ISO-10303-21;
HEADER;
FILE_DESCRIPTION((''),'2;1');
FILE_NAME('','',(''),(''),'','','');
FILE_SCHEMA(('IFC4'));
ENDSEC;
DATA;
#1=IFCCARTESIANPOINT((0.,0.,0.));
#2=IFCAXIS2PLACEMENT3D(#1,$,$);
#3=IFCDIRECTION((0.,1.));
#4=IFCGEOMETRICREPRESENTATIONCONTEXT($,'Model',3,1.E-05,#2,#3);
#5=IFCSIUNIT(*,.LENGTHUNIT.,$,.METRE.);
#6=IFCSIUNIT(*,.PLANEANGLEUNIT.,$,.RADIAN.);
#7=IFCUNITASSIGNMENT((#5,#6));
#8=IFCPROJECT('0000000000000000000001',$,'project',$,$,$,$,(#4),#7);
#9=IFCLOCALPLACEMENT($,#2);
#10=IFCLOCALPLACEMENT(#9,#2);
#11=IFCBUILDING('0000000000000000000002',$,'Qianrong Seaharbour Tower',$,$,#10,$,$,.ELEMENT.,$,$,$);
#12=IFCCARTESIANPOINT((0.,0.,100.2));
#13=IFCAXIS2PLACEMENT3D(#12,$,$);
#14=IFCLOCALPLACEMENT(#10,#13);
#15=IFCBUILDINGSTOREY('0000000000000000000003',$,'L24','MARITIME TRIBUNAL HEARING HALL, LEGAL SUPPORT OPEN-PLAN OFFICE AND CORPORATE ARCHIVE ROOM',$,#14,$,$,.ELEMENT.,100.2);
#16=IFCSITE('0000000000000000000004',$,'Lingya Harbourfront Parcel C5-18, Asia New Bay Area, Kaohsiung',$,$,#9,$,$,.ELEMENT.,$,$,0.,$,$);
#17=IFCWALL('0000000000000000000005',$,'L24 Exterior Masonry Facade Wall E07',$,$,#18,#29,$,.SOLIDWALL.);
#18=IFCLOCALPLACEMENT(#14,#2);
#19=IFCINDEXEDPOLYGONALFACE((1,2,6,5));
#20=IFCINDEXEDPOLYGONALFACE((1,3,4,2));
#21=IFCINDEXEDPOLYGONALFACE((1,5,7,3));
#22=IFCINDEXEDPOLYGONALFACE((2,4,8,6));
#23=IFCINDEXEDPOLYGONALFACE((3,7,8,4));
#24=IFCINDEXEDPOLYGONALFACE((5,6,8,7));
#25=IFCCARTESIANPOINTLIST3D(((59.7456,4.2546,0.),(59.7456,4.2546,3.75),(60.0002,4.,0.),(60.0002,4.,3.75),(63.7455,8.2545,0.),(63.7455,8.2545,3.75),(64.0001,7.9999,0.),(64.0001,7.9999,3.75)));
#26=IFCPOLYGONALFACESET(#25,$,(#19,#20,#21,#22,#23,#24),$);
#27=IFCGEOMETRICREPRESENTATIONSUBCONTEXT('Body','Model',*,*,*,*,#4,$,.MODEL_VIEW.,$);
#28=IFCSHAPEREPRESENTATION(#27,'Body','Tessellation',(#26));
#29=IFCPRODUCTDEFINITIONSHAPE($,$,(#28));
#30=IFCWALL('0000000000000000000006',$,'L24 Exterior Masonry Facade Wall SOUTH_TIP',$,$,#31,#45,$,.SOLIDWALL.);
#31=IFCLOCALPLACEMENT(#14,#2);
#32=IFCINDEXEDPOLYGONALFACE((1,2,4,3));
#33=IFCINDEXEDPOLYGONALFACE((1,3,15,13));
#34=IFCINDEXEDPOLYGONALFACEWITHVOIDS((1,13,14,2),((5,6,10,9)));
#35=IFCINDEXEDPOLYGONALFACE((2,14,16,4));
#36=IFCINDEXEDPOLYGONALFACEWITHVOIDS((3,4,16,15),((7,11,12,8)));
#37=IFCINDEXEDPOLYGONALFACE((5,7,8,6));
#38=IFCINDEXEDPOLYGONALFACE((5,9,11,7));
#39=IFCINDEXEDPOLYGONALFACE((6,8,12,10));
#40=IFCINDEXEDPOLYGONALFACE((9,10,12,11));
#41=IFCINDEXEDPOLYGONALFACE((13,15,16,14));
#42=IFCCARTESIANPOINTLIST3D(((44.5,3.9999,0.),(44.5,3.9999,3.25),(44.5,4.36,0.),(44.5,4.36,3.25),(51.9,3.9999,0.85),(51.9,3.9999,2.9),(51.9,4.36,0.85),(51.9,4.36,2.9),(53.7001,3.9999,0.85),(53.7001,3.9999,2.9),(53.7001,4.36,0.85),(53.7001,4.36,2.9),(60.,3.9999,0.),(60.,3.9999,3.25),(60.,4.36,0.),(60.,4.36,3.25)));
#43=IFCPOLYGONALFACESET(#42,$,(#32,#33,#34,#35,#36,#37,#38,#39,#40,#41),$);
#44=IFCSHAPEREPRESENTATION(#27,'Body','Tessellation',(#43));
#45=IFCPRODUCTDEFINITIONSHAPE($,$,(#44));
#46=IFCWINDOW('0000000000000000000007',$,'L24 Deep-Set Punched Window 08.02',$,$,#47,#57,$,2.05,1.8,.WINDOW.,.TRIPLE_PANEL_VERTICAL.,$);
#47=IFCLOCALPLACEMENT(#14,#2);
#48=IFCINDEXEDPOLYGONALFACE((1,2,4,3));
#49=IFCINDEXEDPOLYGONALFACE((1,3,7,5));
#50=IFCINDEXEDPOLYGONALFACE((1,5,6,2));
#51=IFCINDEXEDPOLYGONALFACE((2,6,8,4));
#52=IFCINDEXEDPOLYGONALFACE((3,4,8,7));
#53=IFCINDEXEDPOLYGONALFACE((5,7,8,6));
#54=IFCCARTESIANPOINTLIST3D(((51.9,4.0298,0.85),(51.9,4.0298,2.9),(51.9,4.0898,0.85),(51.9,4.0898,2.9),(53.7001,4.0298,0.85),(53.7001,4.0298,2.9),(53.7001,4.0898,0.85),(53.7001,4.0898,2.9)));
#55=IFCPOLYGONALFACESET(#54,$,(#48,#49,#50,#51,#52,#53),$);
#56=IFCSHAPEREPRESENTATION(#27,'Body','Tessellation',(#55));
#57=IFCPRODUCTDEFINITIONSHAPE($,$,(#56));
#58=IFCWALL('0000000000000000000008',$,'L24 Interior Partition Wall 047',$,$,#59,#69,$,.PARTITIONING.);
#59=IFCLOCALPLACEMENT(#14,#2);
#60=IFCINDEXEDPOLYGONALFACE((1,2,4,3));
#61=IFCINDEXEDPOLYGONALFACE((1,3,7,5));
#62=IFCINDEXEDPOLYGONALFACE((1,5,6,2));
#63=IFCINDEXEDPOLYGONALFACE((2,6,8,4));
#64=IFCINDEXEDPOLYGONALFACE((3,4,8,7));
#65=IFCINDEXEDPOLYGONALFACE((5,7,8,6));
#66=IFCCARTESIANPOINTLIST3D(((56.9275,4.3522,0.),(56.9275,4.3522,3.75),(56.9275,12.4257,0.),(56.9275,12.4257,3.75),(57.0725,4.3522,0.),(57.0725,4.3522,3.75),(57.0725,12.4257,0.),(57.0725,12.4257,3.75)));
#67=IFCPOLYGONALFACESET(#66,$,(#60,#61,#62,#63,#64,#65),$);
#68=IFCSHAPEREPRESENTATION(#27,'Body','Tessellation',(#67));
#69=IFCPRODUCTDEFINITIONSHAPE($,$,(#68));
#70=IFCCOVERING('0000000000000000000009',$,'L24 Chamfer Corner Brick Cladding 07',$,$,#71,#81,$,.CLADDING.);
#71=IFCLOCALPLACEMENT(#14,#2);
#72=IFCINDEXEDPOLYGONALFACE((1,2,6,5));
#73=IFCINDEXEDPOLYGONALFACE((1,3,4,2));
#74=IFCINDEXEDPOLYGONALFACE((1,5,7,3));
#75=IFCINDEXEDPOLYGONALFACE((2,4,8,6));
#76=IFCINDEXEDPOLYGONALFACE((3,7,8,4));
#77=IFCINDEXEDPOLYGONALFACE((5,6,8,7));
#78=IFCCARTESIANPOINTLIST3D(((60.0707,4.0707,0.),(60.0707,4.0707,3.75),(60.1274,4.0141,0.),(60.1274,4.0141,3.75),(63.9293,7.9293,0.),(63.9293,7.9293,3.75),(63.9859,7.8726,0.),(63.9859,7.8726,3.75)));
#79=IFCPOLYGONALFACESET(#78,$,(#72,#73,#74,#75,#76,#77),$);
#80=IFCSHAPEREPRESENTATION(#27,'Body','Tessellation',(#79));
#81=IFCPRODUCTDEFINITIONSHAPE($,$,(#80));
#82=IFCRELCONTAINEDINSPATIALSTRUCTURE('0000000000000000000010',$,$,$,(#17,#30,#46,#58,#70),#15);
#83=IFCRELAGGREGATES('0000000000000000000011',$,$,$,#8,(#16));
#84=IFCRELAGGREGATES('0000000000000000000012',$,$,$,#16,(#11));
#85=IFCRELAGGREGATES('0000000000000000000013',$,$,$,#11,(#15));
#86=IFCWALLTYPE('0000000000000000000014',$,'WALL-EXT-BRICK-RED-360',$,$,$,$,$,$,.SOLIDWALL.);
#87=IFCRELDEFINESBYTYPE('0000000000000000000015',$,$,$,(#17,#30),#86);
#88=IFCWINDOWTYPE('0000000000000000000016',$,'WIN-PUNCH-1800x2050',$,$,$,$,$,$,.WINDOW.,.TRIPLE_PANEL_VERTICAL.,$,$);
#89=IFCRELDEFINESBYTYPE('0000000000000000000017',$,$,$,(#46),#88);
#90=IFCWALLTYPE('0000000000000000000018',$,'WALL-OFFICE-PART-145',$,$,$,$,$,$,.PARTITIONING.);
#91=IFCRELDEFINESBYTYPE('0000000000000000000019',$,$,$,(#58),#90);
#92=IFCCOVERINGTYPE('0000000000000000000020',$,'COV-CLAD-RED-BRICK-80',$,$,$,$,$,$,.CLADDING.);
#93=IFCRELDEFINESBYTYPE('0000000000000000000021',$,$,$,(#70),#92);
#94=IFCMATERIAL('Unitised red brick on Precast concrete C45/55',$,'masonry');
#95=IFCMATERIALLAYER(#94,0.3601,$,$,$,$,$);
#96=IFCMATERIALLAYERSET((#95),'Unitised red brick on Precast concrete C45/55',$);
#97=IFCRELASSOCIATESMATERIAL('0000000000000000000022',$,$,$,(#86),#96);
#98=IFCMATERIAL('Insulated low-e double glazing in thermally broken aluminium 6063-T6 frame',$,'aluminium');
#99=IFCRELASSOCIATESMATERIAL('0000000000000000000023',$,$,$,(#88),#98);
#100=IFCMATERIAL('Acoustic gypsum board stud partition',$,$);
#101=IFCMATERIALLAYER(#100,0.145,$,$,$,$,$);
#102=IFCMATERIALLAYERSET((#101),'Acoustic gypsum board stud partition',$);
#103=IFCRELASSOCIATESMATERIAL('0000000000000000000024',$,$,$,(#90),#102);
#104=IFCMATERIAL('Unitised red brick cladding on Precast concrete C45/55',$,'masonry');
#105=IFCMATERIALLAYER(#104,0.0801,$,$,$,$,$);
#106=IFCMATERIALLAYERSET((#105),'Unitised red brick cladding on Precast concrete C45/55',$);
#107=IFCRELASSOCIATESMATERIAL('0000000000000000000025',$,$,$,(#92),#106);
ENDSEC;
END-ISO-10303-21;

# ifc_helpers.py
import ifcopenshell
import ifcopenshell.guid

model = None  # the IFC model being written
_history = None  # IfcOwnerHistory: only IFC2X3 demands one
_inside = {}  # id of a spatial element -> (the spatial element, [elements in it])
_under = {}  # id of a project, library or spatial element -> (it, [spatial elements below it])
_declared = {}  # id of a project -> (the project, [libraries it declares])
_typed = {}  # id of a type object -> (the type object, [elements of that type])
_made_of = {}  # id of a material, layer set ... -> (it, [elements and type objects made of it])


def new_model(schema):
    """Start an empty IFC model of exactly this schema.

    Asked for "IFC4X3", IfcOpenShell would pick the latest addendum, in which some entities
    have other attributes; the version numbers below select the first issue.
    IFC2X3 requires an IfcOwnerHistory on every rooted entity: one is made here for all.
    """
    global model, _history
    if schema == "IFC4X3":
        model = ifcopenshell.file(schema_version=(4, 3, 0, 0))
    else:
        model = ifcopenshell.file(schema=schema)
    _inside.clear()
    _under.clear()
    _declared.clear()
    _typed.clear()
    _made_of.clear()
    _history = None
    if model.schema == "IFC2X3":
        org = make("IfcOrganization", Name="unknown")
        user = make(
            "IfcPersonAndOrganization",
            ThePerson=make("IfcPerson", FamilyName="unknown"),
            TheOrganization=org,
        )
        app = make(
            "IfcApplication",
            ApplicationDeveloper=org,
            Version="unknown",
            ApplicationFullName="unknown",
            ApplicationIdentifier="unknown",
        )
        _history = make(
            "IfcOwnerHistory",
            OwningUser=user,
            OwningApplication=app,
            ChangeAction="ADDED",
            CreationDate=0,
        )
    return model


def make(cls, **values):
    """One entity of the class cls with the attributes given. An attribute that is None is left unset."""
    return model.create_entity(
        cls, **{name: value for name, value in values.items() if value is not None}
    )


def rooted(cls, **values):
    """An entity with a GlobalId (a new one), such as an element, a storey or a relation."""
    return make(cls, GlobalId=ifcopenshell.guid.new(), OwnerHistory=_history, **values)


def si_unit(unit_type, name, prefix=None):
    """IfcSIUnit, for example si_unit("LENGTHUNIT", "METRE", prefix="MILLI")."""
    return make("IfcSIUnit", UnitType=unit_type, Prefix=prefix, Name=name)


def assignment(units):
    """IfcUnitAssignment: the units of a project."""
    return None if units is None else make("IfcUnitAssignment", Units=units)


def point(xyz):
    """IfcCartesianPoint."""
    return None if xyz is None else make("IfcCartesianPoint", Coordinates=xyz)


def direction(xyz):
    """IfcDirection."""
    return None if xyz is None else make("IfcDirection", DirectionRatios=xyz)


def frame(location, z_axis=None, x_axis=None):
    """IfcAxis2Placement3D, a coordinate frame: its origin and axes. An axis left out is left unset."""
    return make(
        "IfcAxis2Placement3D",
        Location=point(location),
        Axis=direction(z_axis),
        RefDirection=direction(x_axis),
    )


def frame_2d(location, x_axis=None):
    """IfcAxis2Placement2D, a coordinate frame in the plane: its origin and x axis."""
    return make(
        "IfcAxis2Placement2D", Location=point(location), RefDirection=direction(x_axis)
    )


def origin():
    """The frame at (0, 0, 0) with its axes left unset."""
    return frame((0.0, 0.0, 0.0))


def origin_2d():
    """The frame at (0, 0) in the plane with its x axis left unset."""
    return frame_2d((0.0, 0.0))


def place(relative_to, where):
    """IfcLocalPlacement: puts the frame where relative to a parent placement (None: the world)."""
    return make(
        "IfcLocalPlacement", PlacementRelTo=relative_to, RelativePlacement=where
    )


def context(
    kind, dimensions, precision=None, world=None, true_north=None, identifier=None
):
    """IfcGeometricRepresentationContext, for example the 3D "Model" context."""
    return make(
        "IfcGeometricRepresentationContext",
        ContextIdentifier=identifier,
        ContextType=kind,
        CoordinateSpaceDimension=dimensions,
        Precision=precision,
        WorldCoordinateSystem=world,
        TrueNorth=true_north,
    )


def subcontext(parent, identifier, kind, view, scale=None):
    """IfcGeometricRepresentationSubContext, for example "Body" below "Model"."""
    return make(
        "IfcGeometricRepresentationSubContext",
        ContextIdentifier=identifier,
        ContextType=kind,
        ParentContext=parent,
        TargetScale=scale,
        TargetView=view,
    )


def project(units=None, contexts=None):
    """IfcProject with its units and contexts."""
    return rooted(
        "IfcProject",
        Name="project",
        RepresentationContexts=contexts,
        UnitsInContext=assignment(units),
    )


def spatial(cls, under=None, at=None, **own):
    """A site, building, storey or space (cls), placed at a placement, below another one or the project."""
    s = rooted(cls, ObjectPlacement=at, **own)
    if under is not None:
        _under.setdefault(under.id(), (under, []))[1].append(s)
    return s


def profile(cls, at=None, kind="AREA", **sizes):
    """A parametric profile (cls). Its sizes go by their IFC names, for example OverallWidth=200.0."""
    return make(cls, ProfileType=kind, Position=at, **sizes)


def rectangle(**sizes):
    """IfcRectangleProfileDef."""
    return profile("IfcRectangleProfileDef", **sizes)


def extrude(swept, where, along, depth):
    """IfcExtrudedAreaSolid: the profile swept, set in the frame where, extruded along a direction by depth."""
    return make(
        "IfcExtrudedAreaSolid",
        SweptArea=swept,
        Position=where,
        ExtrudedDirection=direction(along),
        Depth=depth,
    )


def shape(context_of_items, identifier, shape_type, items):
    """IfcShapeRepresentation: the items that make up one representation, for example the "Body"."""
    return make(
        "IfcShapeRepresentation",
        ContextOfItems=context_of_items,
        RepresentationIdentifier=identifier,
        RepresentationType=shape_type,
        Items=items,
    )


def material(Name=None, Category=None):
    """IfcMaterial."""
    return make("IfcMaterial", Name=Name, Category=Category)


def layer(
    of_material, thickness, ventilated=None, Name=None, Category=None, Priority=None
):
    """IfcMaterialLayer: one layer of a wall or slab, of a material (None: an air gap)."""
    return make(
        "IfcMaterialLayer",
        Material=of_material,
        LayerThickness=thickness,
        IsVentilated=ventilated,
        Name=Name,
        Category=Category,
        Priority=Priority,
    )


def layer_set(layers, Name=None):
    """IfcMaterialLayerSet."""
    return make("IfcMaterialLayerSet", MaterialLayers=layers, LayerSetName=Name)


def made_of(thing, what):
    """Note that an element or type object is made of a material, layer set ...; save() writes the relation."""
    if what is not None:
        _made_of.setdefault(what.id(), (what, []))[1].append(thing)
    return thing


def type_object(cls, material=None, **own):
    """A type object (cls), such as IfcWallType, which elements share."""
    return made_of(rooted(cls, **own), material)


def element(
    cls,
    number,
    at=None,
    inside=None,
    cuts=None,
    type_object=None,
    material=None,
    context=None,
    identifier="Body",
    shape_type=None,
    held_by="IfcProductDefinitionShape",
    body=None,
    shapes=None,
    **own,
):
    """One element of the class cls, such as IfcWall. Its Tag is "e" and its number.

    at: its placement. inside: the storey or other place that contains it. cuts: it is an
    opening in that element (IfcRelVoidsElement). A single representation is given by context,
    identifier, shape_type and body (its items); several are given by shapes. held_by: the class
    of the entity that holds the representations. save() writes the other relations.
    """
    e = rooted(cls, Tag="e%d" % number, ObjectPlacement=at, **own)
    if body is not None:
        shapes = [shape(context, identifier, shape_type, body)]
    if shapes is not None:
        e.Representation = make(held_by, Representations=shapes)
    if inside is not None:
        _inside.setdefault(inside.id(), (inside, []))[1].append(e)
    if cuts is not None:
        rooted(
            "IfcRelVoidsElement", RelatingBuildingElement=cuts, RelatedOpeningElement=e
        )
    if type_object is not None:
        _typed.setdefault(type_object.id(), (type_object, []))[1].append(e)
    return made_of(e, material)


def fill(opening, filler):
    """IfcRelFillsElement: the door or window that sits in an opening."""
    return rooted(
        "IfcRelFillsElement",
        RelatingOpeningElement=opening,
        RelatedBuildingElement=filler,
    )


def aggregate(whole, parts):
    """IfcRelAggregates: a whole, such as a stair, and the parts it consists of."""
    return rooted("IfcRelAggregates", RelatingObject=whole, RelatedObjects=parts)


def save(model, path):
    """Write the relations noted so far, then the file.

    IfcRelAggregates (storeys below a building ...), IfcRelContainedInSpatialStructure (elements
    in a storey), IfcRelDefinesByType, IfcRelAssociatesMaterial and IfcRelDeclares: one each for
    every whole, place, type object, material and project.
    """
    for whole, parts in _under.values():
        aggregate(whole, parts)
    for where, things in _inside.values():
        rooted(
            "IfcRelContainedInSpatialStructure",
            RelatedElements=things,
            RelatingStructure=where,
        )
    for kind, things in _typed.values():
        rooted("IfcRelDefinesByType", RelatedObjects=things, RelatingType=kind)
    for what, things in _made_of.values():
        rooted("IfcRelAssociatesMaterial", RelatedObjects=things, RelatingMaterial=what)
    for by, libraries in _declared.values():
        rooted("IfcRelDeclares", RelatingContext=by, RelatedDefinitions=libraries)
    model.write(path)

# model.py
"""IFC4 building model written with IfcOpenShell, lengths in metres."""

from ifc_helpers import new_model, si_unit, direction, frame, frame_2d, origin, origin_2d, place, context, subcontext, project, spatial, rectangle, extrude, material, layer, layer_set, type_object, element, fill, save


model = new_model("IFC4")

# Units and contexts
model_context = context("Model", 3, precision=1e-05, world=origin(), true_north=direction((0.0, 1.0)))
body_context = subcontext(model_context, "Body", "Model", "MODEL_VIEW")
ifc_project = project(units=[si_unit("LENGTHUNIT", "METRE"), si_unit("PLANEANGLEUNIT", "RADIAN")], contexts=[model_context])

# Site, building, storey
site_placement = place(None, origin())
site = spatial("IfcSite", under=ifc_project, at=site_placement, Name="Lingya Harbourfront Parcel C5-18, Asia New Bay Area, Kaohsiung", CompositionType="ELEMENT", RefElevation=0.0)
building_placement = place(site_placement, origin())
building = spatial("IfcBuilding", under=site, at=building_placement, Name="Qianrong Seaharbour Tower", CompositionType="ELEMENT")
storey_placement = place(building_placement, frame((0.0, 0.0, 100.2)))
storey = spatial("IfcBuildingStorey", under=building, at=storey_placement, Name="L24", Description="MARITIME TRIBUNAL HEARING HALL, LEGAL SUPPORT OPEN-PLAN OFFICE AND CORPORATE ARCHIVE ROOM", CompositionType="ELEMENT", Elevation=100.2)

# Wall
ifc_material_1 = material(Name="Unitised red brick on Precast concrete C45/55", Category="masonry")
ifc_layer_1 = layer(ifc_material_1, 0.3601)
ifc_layer_set_1 = layer_set([ifc_layer_1], Name="Unitised red brick on Precast concrete C45/55")
wall_type_1 = type_object("IfcWallType", Name="WALL-EXT-BRICK-RED-360", PredefinedType="SOLIDWALL", material=ifc_layer_set_1)
wall_1_placement = place(storey_placement, frame((63.8728, 8.1272, 0.0), z_axis=(0.0, 0.0, 1.0), x_axis=(-0.707107, -0.707107, 0.0)))
element("IfcWall", 1, at=wall_1_placement, inside=storey, type_object=wall_type_1, Name="L24 Exterior Masonry Facade Wall E07", PredefinedType="SOLIDWALL", context=body_context, shape_type="SweptSolid", body=[
    extrude(rectangle(XDim=5.6567, YDim=0.3601, at=frame_2d((2.8284, 0.0))), origin(), (0.0, 0.0, 1.0), 3.75),
])

# Wall, opening, window
wall_2_placement = place(storey_placement, frame((60.0, 4.1799, 0.0), z_axis=(0.0, 0.0, 1.0), x_axis=(-1.0, 0.0, 0.0)))
wall_2 = element("IfcWall", 2, at=wall_2_placement, inside=storey, type_object=wall_type_1, Name="L24 Exterior Masonry Facade Wall SOUTH_TIP", PredefinedType="SOLIDWALL", context=body_context, shape_type="SweptSolid", body=[
    extrude(rectangle(XDim=15.5, YDim=0.3601, at=frame_2d((7.75, 0.0))), origin(), (0.0, 0.0, 1.0), 3.25),
])
opening_1_placement = place(wall_2_placement, frame((6.3, 0.0, 0.8501)))
opening_1 = element("IfcOpeningElement", 3, at=opening_1_placement, cuts=wall_2, PredefinedType="OPENING", context=body_context, shape_type="SweptSolid", body=[
    extrude(rectangle(XDim=1.8, YDim=2.05, at=frame_2d((0.8999, 1.0249))), frame((0.0, 0.1899, 0.0), z_axis=(0.0, -1.0, 0.0), x_axis=(1.0, 0.0, 0.0)), (0.0, 0.0, 1.0), 0.3801),
])
ifc_material_2 = material(Name="Insulated low-e double glazing in thermally broken aluminium 6063-T6 frame", Category="aluminium")
window_type = type_object("IfcWindowType", Name="WIN-PUNCH-1800x2050", PartitioningType="TRIPLE_PANEL_VERTICAL", PredefinedType="WINDOW", material=ifc_material_2)
window_placement = place(opening_1_placement, origin())
window = element("IfcWindow", 4, at=window_placement, inside=storey, type_object=window_type, Name="L24 Deep-Set Punched Window 08.02", OverallHeight=2.05, OverallWidth=1.8, PartitioningType="TRIPLE_PANEL_VERTICAL", PredefinedType="WINDOW", context=body_context, shape_type="SweptSolid", body=[
    extrude(rectangle(XDim=1.8, YDim=2.05, at=frame_2d((0.8999, 1.0249))), frame((0.0, 0.1501, 0.0), z_axis=(0.0, -1.0, 0.0), x_axis=(1.0, 0.0, 0.0)), (0.0, 0.0, 1.0), 0.0601),
])
fill(opening_1, window)

# Wall
ifc_material_3 = material(Name="Acoustic gypsum board stud partition")
ifc_layer_2 = layer(ifc_material_3, 0.145)
ifc_layer_set_2 = layer_set([ifc_layer_2], Name="Acoustic gypsum board stud partition")
wall_type_2 = type_object("IfcWallType", Name="WALL-OFFICE-PART-145", PredefinedType="PARTITIONING", material=ifc_layer_set_2)
wall_3_placement = place(storey_placement, frame((57.0, 12.4255, 0.0), z_axis=(0.0, 0.0, 1.0), x_axis=(0.0, -1.0, 0.0)))
element("IfcWall", 5, at=wall_3_placement, inside=storey, type_object=wall_type_2, Name="L24 Interior Partition Wall 047", PredefinedType="PARTITIONING", context=body_context, shape_type="SweptSolid", body=[
    extrude(rectangle(XDim=8.0735, YDim=0.145, at=frame_2d((4.0366, 0.0))), origin(), (0.0, 0.0, 1.0), 3.75),
])

# Covering
ifc_material_4 = material(Name="Unitised red brick cladding on Precast concrete C45/55", Category="masonry")
ifc_layer_3 = layer(ifc_material_4, 0.0801)
ifc_layer_set_3 = layer_set([ifc_layer_3], Name="Unitised red brick cladding on Precast concrete C45/55")
covering_type = type_object("IfcCoveringType", Name="COV-CLAD-RED-BRICK-80", PredefinedType="CLADDING", material=ifc_layer_set_3)
covering_placement = place(storey_placement, frame((62.0283, 5.9717, 0.0), z_axis=(0.0, 0.0, 1.0), x_axis=(-0.707107, -0.707107, 0.0)))
element("IfcCovering", 6, at=covering_placement, inside=storey, type_object=covering_type, Name="L24 Chamfer Corner Brick Cladding 07", PredefinedType="CLADDING", context=body_context, shape_type="SweptSolid", body=[
    extrude(rectangle(XDim=5.4568, YDim=0.0801, at=origin_2d()), origin(), (0.0, 0.0, 1.0), 3.75),
])

save(model, "model.ifc")
